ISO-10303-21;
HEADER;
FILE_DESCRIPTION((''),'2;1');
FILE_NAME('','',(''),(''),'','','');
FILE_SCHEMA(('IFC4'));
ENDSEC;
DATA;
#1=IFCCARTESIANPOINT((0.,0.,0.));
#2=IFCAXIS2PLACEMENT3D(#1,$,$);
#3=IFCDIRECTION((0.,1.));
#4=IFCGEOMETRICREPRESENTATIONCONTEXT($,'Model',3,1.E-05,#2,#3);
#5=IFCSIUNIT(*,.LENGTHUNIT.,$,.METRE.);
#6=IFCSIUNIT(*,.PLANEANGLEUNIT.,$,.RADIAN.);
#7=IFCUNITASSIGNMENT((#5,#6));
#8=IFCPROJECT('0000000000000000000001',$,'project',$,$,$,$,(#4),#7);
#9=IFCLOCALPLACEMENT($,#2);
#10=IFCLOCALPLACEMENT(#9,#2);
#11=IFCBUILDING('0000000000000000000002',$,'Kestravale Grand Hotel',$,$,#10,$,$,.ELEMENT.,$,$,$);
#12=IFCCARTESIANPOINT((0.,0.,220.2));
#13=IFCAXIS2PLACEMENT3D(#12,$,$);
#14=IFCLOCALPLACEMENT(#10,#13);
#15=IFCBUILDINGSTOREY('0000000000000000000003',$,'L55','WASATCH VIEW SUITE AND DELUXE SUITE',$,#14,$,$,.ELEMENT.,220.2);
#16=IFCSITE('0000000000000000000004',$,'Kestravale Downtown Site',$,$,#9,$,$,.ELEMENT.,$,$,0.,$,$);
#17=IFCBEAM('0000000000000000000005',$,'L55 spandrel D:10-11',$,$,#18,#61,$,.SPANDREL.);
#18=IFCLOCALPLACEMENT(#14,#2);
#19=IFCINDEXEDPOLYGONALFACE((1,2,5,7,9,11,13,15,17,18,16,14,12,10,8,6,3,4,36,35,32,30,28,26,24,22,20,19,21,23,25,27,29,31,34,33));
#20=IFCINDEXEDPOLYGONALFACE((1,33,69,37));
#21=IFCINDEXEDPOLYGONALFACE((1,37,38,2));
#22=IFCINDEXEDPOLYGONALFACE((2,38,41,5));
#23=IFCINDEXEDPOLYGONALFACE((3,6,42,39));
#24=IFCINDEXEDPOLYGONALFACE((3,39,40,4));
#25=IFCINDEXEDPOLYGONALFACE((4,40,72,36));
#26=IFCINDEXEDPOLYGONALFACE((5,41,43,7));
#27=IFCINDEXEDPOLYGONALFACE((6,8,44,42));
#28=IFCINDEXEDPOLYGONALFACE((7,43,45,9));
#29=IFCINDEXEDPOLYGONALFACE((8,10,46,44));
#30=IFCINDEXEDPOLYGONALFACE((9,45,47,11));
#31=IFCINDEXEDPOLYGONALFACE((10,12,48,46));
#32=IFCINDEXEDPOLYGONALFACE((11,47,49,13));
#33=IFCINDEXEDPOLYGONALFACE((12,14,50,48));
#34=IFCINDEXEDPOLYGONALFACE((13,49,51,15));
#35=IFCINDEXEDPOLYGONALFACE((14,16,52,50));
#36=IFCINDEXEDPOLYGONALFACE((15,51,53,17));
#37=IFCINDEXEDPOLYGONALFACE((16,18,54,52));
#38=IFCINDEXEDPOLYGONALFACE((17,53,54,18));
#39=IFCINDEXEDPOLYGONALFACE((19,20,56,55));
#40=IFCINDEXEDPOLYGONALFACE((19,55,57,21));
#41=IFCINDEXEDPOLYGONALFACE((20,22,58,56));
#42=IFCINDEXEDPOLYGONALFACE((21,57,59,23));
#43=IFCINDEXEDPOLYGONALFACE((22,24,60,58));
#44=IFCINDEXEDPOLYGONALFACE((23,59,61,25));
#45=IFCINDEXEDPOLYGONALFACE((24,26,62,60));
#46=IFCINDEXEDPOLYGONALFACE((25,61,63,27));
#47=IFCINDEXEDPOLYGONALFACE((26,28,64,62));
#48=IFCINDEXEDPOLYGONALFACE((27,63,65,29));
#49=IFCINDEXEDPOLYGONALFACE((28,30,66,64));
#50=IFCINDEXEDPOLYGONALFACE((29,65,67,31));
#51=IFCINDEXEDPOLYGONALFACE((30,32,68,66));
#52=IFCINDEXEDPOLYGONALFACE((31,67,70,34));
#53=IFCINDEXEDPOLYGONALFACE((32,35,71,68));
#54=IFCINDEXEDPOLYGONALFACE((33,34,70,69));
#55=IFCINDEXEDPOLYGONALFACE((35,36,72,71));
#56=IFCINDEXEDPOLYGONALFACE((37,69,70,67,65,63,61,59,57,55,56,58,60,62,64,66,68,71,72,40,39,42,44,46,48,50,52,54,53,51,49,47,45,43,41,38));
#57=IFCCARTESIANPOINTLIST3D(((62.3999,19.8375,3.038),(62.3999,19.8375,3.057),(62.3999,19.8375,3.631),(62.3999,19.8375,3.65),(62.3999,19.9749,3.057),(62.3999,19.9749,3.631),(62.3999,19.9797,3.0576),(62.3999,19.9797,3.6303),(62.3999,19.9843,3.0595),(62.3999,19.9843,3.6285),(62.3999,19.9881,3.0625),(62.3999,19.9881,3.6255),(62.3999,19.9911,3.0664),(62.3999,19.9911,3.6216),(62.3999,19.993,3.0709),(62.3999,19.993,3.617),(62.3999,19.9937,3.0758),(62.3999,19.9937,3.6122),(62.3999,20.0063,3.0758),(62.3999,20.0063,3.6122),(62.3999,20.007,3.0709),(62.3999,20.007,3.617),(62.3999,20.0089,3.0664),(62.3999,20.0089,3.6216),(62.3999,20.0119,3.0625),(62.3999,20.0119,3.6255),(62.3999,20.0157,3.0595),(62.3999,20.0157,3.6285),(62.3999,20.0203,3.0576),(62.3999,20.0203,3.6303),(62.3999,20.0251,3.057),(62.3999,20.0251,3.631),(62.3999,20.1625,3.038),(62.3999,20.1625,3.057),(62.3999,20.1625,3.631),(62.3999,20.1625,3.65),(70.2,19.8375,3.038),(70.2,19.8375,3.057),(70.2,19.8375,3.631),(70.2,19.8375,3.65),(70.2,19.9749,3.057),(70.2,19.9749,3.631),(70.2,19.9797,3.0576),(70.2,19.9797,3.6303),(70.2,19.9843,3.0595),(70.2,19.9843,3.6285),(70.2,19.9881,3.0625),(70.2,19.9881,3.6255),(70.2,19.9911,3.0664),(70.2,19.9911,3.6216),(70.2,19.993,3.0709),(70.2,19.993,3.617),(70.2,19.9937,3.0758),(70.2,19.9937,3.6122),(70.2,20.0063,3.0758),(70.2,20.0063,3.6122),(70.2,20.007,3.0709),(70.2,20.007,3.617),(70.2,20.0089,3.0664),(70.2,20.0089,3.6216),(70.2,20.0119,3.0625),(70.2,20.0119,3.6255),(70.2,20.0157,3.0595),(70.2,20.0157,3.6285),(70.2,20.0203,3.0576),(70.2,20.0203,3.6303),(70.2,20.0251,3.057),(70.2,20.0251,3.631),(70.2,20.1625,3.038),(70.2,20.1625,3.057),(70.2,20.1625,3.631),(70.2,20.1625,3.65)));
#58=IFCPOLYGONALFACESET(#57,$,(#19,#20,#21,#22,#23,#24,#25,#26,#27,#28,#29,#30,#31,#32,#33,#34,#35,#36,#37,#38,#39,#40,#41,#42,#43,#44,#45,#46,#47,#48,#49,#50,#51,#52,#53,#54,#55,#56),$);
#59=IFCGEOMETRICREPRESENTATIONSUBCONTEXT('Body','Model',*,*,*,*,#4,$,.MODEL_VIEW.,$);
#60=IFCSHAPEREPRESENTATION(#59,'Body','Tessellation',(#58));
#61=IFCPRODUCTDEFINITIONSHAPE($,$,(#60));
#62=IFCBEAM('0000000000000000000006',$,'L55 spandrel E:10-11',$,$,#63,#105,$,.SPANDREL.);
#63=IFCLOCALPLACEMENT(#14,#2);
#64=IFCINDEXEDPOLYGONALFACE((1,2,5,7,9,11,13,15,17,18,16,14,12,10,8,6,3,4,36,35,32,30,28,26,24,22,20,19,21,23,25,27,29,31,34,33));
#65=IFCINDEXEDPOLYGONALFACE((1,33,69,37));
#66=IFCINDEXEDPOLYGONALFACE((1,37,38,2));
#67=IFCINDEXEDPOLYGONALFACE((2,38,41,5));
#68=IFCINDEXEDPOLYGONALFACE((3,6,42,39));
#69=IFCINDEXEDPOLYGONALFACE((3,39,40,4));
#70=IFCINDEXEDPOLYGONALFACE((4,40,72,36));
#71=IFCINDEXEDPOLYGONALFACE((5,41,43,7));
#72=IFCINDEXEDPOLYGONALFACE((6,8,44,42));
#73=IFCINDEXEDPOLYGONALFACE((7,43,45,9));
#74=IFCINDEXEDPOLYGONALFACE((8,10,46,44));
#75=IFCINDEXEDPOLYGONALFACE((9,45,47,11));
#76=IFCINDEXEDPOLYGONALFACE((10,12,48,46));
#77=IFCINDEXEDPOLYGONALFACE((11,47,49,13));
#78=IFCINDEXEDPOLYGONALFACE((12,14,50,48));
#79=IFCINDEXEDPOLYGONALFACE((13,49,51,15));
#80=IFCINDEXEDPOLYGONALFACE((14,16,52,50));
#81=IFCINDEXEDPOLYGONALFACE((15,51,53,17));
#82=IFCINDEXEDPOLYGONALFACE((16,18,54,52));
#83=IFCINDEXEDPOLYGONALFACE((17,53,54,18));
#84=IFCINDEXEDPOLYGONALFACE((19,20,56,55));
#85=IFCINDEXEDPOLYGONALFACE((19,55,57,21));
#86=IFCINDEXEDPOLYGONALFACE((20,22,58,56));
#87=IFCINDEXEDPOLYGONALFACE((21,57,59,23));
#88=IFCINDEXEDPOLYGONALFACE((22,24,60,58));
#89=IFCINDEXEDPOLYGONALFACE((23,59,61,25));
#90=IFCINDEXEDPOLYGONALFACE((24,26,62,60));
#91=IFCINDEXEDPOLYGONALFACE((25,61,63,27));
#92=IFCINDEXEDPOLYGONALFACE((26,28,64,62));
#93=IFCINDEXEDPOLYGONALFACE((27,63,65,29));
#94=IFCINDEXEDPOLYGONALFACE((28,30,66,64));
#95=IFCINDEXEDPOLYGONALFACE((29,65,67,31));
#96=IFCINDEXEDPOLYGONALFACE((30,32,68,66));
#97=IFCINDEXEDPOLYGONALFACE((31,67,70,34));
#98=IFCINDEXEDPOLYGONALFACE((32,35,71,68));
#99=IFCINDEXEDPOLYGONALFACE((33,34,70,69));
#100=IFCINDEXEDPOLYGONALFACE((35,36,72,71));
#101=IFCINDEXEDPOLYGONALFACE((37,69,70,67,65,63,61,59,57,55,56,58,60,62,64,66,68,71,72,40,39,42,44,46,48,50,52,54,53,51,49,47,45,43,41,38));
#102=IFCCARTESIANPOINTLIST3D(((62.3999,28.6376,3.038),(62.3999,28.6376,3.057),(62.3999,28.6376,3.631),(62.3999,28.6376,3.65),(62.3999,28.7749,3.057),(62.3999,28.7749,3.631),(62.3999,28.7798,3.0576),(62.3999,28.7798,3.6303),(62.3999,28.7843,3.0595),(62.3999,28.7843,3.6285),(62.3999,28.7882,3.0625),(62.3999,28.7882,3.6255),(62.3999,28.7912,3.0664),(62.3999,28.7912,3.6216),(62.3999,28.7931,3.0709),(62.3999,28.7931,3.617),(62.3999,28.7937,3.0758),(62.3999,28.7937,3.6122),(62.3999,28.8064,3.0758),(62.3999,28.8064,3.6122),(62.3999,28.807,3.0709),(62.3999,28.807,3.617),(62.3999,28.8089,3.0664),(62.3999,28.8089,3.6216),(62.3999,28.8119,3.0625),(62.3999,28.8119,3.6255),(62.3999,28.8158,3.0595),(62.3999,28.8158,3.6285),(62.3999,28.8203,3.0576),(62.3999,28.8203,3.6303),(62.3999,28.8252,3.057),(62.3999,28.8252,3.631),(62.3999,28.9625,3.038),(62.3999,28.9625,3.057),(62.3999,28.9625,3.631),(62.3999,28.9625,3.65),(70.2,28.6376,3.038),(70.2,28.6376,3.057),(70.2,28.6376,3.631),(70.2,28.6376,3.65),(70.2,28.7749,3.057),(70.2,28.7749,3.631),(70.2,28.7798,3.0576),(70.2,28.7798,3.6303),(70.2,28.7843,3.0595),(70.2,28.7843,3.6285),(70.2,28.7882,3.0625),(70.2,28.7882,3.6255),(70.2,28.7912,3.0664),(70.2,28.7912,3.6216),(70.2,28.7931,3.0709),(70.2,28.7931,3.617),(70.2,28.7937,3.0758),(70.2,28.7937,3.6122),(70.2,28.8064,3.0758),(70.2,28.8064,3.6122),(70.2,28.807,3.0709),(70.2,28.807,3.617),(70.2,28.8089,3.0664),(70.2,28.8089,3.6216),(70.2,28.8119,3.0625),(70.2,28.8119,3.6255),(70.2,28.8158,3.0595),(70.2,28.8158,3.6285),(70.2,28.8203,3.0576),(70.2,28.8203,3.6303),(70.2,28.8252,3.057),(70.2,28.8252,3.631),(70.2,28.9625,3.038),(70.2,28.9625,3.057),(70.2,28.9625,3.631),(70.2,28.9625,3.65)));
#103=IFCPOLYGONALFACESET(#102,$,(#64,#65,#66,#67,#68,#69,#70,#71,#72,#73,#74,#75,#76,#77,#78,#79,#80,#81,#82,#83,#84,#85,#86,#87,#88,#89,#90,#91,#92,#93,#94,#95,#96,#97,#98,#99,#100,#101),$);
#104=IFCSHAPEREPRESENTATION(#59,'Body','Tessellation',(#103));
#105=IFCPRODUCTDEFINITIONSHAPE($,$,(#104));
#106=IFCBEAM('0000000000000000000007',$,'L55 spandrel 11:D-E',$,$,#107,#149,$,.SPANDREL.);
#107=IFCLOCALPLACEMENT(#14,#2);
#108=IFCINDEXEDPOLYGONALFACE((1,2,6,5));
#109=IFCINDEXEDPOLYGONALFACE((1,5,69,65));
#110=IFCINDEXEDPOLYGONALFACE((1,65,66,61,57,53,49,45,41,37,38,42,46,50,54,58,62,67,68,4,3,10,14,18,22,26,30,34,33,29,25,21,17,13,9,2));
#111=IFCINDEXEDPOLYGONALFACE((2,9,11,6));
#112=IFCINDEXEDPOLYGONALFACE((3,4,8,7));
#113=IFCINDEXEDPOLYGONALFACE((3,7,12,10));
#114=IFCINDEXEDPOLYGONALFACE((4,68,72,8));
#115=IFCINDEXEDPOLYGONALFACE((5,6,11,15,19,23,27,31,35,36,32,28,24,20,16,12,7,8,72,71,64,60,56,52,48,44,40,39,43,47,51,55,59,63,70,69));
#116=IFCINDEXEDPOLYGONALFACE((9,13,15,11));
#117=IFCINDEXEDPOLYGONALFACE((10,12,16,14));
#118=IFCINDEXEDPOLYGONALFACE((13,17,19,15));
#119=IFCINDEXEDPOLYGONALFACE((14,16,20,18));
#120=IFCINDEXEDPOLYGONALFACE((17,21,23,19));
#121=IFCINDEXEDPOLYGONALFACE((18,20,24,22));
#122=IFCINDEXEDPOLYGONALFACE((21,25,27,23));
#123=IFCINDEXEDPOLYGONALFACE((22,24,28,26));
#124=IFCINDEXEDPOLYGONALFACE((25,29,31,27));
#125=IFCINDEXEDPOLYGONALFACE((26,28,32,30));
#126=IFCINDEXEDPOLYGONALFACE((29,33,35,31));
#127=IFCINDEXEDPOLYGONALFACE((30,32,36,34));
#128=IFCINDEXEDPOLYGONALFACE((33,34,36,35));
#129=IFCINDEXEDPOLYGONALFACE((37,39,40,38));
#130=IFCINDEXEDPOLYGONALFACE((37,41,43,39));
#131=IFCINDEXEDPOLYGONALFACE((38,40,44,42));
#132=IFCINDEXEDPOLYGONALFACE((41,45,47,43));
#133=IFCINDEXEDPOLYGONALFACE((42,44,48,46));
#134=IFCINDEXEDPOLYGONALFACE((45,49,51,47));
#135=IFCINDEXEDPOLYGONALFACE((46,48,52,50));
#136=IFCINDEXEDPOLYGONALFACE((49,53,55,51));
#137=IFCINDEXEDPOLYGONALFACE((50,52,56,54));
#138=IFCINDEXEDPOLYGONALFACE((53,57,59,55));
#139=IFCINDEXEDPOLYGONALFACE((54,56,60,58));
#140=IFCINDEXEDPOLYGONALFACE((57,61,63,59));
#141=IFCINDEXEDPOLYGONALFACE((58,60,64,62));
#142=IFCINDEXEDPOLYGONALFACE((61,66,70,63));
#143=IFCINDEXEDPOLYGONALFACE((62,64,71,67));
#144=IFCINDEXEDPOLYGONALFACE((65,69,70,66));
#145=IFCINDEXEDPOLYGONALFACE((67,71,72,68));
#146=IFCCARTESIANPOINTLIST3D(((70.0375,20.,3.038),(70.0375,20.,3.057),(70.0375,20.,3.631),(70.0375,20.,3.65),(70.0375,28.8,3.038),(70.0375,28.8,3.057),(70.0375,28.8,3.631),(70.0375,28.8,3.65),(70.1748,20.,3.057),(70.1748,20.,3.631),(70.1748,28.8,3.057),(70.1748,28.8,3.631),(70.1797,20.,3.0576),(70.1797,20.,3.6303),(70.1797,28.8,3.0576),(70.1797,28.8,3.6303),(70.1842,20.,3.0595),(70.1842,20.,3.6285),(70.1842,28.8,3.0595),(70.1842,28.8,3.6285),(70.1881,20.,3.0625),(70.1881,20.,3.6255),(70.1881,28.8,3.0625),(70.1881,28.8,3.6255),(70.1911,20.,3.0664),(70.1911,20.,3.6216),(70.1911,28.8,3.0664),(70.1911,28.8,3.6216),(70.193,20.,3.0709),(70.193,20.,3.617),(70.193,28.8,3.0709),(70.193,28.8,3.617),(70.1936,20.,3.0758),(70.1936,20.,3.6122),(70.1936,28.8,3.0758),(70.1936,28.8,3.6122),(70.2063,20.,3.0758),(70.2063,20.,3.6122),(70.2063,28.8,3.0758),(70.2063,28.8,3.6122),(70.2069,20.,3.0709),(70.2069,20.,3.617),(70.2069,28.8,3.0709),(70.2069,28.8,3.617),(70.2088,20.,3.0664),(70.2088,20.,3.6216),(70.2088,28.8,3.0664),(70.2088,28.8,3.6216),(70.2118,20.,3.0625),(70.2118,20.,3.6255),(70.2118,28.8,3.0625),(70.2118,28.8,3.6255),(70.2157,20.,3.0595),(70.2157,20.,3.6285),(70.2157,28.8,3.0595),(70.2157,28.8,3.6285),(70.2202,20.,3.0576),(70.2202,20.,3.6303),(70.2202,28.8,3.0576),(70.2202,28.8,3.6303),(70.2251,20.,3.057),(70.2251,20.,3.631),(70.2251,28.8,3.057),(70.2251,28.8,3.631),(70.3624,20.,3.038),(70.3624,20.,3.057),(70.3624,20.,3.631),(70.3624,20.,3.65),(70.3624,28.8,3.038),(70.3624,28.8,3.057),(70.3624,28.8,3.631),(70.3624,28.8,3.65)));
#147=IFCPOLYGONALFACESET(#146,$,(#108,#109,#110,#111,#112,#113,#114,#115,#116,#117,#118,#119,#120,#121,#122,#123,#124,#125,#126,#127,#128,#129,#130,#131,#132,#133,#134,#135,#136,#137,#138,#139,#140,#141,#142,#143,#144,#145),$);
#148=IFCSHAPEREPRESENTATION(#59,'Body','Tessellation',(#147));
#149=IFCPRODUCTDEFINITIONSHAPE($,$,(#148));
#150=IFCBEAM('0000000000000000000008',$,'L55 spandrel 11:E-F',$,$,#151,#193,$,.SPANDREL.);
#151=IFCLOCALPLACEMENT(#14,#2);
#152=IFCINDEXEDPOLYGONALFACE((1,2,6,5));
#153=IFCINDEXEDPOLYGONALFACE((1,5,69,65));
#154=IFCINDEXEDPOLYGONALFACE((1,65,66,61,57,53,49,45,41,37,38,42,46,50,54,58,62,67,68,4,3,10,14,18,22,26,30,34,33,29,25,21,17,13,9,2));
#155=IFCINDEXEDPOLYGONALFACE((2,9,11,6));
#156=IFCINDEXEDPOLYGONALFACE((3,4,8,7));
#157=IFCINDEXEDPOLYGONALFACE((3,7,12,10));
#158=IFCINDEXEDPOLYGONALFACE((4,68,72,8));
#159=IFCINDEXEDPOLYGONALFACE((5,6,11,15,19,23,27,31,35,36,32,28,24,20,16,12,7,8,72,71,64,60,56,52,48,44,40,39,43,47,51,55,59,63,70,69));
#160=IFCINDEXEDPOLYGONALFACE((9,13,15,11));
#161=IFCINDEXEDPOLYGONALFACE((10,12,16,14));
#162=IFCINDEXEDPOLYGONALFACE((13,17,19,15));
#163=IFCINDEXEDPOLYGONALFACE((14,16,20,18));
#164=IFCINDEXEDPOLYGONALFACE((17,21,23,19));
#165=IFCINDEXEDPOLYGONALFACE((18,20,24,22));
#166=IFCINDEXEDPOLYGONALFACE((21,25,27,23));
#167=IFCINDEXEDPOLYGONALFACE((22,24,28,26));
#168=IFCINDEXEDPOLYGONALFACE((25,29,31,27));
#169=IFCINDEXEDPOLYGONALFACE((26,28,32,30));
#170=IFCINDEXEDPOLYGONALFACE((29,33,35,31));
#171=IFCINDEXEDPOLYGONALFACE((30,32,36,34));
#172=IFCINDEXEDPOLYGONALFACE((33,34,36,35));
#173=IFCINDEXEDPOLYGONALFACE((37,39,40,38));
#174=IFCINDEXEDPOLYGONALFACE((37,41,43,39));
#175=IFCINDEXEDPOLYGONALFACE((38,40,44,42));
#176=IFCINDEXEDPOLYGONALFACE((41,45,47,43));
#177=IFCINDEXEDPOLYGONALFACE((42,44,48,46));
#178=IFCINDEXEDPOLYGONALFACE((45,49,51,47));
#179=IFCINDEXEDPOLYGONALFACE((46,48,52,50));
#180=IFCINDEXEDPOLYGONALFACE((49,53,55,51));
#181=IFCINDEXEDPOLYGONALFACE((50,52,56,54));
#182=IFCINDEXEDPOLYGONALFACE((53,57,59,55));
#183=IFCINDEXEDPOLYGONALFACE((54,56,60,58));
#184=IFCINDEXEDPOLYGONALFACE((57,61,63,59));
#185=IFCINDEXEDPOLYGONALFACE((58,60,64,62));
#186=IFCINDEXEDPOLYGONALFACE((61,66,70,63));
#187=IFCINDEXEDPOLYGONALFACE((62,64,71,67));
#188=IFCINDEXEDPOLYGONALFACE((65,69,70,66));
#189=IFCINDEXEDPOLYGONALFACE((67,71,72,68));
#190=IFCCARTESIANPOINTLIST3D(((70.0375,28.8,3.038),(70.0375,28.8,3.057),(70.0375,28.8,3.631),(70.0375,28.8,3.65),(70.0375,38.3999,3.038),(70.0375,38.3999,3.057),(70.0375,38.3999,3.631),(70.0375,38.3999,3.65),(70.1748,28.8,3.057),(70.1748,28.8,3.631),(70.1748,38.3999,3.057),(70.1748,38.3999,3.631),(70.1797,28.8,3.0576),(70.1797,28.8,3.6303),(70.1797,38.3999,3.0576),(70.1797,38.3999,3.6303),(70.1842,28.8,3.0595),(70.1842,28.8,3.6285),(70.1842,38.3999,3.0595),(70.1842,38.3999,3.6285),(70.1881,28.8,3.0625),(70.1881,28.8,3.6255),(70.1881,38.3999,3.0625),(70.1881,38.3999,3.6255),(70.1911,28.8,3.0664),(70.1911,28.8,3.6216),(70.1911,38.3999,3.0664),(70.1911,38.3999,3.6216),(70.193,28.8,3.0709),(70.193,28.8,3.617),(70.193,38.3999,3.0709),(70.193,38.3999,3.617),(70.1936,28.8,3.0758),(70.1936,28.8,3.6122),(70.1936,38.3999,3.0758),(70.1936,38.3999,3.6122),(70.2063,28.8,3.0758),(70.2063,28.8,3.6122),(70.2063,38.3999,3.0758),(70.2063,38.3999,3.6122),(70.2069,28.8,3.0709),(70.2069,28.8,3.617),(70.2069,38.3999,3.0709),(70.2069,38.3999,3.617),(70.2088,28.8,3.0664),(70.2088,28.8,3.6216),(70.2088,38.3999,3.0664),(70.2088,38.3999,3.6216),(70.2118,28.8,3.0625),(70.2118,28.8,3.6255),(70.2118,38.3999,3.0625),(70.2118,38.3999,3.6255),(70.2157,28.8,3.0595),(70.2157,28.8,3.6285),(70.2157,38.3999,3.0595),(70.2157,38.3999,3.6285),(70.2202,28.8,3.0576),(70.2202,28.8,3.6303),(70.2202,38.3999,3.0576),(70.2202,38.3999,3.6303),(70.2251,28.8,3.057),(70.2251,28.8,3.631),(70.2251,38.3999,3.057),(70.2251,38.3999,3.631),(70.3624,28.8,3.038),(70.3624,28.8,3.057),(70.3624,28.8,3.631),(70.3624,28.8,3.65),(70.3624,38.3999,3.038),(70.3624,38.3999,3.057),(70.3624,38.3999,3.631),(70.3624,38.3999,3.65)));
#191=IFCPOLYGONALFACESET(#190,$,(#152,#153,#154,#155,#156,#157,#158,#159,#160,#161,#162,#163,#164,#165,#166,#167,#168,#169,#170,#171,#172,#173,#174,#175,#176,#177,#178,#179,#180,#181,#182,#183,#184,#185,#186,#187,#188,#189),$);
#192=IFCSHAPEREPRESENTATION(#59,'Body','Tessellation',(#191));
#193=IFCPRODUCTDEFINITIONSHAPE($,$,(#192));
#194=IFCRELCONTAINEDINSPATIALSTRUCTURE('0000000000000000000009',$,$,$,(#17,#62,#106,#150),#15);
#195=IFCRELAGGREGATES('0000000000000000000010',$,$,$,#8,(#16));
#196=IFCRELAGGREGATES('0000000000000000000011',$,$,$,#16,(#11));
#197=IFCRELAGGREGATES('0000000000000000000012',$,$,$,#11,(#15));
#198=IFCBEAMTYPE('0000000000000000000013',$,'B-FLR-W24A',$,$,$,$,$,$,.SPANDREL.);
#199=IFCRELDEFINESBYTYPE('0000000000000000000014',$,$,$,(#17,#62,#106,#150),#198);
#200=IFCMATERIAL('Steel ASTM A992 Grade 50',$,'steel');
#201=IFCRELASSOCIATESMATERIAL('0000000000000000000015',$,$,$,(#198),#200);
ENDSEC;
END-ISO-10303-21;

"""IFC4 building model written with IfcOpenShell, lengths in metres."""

from ifc_helpers import new_model, si_unit, direction, frame, origin, origin_2d, place, context, subcontext, project, spatial, i_section, extrude, material, material_profile, profile_set, type_object, element, save


model = new_model("IFC4")

# Units and contexts
model_context = context("Model", 3, precision=1e-05, world=origin(), true_north=direction((0.0, 1.0)))
body_context = subcontext(model_context, "Body", "Model", "MODEL_VIEW")
ifc_project = project(units=[si_unit("LENGTHUNIT", "METRE"), si_unit("PLANEANGLEUNIT", "RADIAN")], contexts=[model_context])

# Site, building, storey
site_placement = place(None, origin())
site = spatial("IfcSite", under=ifc_project, at=site_placement, Name="Kestravale Downtown Site", CompositionType="ELEMENT", RefElevation=0.0)
building_placement = place(site_placement, origin())
building = spatial("IfcBuilding", under=site, at=building_placement, Name="Kestravale Grand Hotel", CompositionType="ELEMENT")
storey_placement = place(building_placement, frame((0.0, 0.0, 220.2)))
storey = spatial("IfcBuildingStorey", under=building, at=storey_placement, Name="L55", Description="WASATCH VIEW SUITE AND DELUXE SUITE", CompositionType="ELEMENT", Elevation=220.2)

# Beams
ifc_material_1 = material(Name="Steel ASTM A992 Grade 50", Category="steel")
ifc_material_profile_1 = material_profile(ifc_material_1, i_section(OverallWidth=0.325, OverallDepth=0.6121, WebThickness=0.0127, FlangeThickness=0.019, FilletRadius=0.0188, at=origin_2d()))
ifc_profile_set_1 = profile_set([ifc_material_profile_1], Name="Steel ASTM A992 Grade 50")
beam_type_1 = type_object("IfcBeamType", Name="B-FLR-W24A", PredefinedType="SPANDREL", material=ifc_profile_set_1)
for number, where, z_axis, x_axis, name in (
    (1, (62.3999, 20.0, 3.344), (1.0, 0.0, 0.0), (0.0, 1.0, 0.0), "L55 spandrel D:10-11"),
    (2, (62.3999, 28.8, 3.344), (1.0, 0.0, 0.0), (0.0, 1.0, 0.0), "L55 spandrel E:10-11"),
):
    element("IfcBeam", number, at=place(storey_placement, frame(where, z_axis=z_axis, x_axis=x_axis)), inside=storey, type_object=beam_type_1, Name=name, PredefinedType="SPANDREL", context=body_context, shape_type="SweptSolid", body=[
        extrude(i_section(OverallWidth=0.325, OverallDepth=0.6121, WebThickness=0.0127, FlangeThickness=0.019, FilletRadius=0.0188, at=origin_2d()), origin(), (0.0, 0.0, 1.0), 7.8),
    ])
beam_1_placement = place(storey_placement, frame((70.2, 20.0, 3.344), z_axis=(0.0, 1.0, 0.0), x_axis=(-1.0, 0.0, 0.0)))
element("IfcBeam", 3, at=beam_1_placement, inside=storey, type_object=beam_type_1, Name="L55 spandrel 11:D-E", PredefinedType="SPANDREL", context=body_context, shape_type="SweptSolid", body=[
    extrude(i_section(OverallWidth=0.325, OverallDepth=0.6121, WebThickness=0.0127, FlangeThickness=0.019, FilletRadius=0.0188, at=origin_2d()), origin(), (0.0, 0.0, 1.0), 8.8),
])
beam_2_placement = place(storey_placement, frame((70.2, 28.8, 3.344), z_axis=(0.0, 1.0, 0.0), x_axis=(-1.0, 0.0, 0.0)))
element("IfcBeam", 4, at=beam_2_placement, inside=storey, type_object=beam_type_1, Name="L55 spandrel 11:E-F", PredefinedType="SPANDREL", context=body_context, shape_type="SweptSolid", body=[
    extrude(i_section(OverallWidth=0.325, OverallDepth=0.6121, WebThickness=0.0127, FlangeThickness=0.019, FilletRadius=0.0188, at=origin_2d()), origin(), (0.0, 0.0, 1.0), 9.5999),
])

save(model, "model.ifc")
